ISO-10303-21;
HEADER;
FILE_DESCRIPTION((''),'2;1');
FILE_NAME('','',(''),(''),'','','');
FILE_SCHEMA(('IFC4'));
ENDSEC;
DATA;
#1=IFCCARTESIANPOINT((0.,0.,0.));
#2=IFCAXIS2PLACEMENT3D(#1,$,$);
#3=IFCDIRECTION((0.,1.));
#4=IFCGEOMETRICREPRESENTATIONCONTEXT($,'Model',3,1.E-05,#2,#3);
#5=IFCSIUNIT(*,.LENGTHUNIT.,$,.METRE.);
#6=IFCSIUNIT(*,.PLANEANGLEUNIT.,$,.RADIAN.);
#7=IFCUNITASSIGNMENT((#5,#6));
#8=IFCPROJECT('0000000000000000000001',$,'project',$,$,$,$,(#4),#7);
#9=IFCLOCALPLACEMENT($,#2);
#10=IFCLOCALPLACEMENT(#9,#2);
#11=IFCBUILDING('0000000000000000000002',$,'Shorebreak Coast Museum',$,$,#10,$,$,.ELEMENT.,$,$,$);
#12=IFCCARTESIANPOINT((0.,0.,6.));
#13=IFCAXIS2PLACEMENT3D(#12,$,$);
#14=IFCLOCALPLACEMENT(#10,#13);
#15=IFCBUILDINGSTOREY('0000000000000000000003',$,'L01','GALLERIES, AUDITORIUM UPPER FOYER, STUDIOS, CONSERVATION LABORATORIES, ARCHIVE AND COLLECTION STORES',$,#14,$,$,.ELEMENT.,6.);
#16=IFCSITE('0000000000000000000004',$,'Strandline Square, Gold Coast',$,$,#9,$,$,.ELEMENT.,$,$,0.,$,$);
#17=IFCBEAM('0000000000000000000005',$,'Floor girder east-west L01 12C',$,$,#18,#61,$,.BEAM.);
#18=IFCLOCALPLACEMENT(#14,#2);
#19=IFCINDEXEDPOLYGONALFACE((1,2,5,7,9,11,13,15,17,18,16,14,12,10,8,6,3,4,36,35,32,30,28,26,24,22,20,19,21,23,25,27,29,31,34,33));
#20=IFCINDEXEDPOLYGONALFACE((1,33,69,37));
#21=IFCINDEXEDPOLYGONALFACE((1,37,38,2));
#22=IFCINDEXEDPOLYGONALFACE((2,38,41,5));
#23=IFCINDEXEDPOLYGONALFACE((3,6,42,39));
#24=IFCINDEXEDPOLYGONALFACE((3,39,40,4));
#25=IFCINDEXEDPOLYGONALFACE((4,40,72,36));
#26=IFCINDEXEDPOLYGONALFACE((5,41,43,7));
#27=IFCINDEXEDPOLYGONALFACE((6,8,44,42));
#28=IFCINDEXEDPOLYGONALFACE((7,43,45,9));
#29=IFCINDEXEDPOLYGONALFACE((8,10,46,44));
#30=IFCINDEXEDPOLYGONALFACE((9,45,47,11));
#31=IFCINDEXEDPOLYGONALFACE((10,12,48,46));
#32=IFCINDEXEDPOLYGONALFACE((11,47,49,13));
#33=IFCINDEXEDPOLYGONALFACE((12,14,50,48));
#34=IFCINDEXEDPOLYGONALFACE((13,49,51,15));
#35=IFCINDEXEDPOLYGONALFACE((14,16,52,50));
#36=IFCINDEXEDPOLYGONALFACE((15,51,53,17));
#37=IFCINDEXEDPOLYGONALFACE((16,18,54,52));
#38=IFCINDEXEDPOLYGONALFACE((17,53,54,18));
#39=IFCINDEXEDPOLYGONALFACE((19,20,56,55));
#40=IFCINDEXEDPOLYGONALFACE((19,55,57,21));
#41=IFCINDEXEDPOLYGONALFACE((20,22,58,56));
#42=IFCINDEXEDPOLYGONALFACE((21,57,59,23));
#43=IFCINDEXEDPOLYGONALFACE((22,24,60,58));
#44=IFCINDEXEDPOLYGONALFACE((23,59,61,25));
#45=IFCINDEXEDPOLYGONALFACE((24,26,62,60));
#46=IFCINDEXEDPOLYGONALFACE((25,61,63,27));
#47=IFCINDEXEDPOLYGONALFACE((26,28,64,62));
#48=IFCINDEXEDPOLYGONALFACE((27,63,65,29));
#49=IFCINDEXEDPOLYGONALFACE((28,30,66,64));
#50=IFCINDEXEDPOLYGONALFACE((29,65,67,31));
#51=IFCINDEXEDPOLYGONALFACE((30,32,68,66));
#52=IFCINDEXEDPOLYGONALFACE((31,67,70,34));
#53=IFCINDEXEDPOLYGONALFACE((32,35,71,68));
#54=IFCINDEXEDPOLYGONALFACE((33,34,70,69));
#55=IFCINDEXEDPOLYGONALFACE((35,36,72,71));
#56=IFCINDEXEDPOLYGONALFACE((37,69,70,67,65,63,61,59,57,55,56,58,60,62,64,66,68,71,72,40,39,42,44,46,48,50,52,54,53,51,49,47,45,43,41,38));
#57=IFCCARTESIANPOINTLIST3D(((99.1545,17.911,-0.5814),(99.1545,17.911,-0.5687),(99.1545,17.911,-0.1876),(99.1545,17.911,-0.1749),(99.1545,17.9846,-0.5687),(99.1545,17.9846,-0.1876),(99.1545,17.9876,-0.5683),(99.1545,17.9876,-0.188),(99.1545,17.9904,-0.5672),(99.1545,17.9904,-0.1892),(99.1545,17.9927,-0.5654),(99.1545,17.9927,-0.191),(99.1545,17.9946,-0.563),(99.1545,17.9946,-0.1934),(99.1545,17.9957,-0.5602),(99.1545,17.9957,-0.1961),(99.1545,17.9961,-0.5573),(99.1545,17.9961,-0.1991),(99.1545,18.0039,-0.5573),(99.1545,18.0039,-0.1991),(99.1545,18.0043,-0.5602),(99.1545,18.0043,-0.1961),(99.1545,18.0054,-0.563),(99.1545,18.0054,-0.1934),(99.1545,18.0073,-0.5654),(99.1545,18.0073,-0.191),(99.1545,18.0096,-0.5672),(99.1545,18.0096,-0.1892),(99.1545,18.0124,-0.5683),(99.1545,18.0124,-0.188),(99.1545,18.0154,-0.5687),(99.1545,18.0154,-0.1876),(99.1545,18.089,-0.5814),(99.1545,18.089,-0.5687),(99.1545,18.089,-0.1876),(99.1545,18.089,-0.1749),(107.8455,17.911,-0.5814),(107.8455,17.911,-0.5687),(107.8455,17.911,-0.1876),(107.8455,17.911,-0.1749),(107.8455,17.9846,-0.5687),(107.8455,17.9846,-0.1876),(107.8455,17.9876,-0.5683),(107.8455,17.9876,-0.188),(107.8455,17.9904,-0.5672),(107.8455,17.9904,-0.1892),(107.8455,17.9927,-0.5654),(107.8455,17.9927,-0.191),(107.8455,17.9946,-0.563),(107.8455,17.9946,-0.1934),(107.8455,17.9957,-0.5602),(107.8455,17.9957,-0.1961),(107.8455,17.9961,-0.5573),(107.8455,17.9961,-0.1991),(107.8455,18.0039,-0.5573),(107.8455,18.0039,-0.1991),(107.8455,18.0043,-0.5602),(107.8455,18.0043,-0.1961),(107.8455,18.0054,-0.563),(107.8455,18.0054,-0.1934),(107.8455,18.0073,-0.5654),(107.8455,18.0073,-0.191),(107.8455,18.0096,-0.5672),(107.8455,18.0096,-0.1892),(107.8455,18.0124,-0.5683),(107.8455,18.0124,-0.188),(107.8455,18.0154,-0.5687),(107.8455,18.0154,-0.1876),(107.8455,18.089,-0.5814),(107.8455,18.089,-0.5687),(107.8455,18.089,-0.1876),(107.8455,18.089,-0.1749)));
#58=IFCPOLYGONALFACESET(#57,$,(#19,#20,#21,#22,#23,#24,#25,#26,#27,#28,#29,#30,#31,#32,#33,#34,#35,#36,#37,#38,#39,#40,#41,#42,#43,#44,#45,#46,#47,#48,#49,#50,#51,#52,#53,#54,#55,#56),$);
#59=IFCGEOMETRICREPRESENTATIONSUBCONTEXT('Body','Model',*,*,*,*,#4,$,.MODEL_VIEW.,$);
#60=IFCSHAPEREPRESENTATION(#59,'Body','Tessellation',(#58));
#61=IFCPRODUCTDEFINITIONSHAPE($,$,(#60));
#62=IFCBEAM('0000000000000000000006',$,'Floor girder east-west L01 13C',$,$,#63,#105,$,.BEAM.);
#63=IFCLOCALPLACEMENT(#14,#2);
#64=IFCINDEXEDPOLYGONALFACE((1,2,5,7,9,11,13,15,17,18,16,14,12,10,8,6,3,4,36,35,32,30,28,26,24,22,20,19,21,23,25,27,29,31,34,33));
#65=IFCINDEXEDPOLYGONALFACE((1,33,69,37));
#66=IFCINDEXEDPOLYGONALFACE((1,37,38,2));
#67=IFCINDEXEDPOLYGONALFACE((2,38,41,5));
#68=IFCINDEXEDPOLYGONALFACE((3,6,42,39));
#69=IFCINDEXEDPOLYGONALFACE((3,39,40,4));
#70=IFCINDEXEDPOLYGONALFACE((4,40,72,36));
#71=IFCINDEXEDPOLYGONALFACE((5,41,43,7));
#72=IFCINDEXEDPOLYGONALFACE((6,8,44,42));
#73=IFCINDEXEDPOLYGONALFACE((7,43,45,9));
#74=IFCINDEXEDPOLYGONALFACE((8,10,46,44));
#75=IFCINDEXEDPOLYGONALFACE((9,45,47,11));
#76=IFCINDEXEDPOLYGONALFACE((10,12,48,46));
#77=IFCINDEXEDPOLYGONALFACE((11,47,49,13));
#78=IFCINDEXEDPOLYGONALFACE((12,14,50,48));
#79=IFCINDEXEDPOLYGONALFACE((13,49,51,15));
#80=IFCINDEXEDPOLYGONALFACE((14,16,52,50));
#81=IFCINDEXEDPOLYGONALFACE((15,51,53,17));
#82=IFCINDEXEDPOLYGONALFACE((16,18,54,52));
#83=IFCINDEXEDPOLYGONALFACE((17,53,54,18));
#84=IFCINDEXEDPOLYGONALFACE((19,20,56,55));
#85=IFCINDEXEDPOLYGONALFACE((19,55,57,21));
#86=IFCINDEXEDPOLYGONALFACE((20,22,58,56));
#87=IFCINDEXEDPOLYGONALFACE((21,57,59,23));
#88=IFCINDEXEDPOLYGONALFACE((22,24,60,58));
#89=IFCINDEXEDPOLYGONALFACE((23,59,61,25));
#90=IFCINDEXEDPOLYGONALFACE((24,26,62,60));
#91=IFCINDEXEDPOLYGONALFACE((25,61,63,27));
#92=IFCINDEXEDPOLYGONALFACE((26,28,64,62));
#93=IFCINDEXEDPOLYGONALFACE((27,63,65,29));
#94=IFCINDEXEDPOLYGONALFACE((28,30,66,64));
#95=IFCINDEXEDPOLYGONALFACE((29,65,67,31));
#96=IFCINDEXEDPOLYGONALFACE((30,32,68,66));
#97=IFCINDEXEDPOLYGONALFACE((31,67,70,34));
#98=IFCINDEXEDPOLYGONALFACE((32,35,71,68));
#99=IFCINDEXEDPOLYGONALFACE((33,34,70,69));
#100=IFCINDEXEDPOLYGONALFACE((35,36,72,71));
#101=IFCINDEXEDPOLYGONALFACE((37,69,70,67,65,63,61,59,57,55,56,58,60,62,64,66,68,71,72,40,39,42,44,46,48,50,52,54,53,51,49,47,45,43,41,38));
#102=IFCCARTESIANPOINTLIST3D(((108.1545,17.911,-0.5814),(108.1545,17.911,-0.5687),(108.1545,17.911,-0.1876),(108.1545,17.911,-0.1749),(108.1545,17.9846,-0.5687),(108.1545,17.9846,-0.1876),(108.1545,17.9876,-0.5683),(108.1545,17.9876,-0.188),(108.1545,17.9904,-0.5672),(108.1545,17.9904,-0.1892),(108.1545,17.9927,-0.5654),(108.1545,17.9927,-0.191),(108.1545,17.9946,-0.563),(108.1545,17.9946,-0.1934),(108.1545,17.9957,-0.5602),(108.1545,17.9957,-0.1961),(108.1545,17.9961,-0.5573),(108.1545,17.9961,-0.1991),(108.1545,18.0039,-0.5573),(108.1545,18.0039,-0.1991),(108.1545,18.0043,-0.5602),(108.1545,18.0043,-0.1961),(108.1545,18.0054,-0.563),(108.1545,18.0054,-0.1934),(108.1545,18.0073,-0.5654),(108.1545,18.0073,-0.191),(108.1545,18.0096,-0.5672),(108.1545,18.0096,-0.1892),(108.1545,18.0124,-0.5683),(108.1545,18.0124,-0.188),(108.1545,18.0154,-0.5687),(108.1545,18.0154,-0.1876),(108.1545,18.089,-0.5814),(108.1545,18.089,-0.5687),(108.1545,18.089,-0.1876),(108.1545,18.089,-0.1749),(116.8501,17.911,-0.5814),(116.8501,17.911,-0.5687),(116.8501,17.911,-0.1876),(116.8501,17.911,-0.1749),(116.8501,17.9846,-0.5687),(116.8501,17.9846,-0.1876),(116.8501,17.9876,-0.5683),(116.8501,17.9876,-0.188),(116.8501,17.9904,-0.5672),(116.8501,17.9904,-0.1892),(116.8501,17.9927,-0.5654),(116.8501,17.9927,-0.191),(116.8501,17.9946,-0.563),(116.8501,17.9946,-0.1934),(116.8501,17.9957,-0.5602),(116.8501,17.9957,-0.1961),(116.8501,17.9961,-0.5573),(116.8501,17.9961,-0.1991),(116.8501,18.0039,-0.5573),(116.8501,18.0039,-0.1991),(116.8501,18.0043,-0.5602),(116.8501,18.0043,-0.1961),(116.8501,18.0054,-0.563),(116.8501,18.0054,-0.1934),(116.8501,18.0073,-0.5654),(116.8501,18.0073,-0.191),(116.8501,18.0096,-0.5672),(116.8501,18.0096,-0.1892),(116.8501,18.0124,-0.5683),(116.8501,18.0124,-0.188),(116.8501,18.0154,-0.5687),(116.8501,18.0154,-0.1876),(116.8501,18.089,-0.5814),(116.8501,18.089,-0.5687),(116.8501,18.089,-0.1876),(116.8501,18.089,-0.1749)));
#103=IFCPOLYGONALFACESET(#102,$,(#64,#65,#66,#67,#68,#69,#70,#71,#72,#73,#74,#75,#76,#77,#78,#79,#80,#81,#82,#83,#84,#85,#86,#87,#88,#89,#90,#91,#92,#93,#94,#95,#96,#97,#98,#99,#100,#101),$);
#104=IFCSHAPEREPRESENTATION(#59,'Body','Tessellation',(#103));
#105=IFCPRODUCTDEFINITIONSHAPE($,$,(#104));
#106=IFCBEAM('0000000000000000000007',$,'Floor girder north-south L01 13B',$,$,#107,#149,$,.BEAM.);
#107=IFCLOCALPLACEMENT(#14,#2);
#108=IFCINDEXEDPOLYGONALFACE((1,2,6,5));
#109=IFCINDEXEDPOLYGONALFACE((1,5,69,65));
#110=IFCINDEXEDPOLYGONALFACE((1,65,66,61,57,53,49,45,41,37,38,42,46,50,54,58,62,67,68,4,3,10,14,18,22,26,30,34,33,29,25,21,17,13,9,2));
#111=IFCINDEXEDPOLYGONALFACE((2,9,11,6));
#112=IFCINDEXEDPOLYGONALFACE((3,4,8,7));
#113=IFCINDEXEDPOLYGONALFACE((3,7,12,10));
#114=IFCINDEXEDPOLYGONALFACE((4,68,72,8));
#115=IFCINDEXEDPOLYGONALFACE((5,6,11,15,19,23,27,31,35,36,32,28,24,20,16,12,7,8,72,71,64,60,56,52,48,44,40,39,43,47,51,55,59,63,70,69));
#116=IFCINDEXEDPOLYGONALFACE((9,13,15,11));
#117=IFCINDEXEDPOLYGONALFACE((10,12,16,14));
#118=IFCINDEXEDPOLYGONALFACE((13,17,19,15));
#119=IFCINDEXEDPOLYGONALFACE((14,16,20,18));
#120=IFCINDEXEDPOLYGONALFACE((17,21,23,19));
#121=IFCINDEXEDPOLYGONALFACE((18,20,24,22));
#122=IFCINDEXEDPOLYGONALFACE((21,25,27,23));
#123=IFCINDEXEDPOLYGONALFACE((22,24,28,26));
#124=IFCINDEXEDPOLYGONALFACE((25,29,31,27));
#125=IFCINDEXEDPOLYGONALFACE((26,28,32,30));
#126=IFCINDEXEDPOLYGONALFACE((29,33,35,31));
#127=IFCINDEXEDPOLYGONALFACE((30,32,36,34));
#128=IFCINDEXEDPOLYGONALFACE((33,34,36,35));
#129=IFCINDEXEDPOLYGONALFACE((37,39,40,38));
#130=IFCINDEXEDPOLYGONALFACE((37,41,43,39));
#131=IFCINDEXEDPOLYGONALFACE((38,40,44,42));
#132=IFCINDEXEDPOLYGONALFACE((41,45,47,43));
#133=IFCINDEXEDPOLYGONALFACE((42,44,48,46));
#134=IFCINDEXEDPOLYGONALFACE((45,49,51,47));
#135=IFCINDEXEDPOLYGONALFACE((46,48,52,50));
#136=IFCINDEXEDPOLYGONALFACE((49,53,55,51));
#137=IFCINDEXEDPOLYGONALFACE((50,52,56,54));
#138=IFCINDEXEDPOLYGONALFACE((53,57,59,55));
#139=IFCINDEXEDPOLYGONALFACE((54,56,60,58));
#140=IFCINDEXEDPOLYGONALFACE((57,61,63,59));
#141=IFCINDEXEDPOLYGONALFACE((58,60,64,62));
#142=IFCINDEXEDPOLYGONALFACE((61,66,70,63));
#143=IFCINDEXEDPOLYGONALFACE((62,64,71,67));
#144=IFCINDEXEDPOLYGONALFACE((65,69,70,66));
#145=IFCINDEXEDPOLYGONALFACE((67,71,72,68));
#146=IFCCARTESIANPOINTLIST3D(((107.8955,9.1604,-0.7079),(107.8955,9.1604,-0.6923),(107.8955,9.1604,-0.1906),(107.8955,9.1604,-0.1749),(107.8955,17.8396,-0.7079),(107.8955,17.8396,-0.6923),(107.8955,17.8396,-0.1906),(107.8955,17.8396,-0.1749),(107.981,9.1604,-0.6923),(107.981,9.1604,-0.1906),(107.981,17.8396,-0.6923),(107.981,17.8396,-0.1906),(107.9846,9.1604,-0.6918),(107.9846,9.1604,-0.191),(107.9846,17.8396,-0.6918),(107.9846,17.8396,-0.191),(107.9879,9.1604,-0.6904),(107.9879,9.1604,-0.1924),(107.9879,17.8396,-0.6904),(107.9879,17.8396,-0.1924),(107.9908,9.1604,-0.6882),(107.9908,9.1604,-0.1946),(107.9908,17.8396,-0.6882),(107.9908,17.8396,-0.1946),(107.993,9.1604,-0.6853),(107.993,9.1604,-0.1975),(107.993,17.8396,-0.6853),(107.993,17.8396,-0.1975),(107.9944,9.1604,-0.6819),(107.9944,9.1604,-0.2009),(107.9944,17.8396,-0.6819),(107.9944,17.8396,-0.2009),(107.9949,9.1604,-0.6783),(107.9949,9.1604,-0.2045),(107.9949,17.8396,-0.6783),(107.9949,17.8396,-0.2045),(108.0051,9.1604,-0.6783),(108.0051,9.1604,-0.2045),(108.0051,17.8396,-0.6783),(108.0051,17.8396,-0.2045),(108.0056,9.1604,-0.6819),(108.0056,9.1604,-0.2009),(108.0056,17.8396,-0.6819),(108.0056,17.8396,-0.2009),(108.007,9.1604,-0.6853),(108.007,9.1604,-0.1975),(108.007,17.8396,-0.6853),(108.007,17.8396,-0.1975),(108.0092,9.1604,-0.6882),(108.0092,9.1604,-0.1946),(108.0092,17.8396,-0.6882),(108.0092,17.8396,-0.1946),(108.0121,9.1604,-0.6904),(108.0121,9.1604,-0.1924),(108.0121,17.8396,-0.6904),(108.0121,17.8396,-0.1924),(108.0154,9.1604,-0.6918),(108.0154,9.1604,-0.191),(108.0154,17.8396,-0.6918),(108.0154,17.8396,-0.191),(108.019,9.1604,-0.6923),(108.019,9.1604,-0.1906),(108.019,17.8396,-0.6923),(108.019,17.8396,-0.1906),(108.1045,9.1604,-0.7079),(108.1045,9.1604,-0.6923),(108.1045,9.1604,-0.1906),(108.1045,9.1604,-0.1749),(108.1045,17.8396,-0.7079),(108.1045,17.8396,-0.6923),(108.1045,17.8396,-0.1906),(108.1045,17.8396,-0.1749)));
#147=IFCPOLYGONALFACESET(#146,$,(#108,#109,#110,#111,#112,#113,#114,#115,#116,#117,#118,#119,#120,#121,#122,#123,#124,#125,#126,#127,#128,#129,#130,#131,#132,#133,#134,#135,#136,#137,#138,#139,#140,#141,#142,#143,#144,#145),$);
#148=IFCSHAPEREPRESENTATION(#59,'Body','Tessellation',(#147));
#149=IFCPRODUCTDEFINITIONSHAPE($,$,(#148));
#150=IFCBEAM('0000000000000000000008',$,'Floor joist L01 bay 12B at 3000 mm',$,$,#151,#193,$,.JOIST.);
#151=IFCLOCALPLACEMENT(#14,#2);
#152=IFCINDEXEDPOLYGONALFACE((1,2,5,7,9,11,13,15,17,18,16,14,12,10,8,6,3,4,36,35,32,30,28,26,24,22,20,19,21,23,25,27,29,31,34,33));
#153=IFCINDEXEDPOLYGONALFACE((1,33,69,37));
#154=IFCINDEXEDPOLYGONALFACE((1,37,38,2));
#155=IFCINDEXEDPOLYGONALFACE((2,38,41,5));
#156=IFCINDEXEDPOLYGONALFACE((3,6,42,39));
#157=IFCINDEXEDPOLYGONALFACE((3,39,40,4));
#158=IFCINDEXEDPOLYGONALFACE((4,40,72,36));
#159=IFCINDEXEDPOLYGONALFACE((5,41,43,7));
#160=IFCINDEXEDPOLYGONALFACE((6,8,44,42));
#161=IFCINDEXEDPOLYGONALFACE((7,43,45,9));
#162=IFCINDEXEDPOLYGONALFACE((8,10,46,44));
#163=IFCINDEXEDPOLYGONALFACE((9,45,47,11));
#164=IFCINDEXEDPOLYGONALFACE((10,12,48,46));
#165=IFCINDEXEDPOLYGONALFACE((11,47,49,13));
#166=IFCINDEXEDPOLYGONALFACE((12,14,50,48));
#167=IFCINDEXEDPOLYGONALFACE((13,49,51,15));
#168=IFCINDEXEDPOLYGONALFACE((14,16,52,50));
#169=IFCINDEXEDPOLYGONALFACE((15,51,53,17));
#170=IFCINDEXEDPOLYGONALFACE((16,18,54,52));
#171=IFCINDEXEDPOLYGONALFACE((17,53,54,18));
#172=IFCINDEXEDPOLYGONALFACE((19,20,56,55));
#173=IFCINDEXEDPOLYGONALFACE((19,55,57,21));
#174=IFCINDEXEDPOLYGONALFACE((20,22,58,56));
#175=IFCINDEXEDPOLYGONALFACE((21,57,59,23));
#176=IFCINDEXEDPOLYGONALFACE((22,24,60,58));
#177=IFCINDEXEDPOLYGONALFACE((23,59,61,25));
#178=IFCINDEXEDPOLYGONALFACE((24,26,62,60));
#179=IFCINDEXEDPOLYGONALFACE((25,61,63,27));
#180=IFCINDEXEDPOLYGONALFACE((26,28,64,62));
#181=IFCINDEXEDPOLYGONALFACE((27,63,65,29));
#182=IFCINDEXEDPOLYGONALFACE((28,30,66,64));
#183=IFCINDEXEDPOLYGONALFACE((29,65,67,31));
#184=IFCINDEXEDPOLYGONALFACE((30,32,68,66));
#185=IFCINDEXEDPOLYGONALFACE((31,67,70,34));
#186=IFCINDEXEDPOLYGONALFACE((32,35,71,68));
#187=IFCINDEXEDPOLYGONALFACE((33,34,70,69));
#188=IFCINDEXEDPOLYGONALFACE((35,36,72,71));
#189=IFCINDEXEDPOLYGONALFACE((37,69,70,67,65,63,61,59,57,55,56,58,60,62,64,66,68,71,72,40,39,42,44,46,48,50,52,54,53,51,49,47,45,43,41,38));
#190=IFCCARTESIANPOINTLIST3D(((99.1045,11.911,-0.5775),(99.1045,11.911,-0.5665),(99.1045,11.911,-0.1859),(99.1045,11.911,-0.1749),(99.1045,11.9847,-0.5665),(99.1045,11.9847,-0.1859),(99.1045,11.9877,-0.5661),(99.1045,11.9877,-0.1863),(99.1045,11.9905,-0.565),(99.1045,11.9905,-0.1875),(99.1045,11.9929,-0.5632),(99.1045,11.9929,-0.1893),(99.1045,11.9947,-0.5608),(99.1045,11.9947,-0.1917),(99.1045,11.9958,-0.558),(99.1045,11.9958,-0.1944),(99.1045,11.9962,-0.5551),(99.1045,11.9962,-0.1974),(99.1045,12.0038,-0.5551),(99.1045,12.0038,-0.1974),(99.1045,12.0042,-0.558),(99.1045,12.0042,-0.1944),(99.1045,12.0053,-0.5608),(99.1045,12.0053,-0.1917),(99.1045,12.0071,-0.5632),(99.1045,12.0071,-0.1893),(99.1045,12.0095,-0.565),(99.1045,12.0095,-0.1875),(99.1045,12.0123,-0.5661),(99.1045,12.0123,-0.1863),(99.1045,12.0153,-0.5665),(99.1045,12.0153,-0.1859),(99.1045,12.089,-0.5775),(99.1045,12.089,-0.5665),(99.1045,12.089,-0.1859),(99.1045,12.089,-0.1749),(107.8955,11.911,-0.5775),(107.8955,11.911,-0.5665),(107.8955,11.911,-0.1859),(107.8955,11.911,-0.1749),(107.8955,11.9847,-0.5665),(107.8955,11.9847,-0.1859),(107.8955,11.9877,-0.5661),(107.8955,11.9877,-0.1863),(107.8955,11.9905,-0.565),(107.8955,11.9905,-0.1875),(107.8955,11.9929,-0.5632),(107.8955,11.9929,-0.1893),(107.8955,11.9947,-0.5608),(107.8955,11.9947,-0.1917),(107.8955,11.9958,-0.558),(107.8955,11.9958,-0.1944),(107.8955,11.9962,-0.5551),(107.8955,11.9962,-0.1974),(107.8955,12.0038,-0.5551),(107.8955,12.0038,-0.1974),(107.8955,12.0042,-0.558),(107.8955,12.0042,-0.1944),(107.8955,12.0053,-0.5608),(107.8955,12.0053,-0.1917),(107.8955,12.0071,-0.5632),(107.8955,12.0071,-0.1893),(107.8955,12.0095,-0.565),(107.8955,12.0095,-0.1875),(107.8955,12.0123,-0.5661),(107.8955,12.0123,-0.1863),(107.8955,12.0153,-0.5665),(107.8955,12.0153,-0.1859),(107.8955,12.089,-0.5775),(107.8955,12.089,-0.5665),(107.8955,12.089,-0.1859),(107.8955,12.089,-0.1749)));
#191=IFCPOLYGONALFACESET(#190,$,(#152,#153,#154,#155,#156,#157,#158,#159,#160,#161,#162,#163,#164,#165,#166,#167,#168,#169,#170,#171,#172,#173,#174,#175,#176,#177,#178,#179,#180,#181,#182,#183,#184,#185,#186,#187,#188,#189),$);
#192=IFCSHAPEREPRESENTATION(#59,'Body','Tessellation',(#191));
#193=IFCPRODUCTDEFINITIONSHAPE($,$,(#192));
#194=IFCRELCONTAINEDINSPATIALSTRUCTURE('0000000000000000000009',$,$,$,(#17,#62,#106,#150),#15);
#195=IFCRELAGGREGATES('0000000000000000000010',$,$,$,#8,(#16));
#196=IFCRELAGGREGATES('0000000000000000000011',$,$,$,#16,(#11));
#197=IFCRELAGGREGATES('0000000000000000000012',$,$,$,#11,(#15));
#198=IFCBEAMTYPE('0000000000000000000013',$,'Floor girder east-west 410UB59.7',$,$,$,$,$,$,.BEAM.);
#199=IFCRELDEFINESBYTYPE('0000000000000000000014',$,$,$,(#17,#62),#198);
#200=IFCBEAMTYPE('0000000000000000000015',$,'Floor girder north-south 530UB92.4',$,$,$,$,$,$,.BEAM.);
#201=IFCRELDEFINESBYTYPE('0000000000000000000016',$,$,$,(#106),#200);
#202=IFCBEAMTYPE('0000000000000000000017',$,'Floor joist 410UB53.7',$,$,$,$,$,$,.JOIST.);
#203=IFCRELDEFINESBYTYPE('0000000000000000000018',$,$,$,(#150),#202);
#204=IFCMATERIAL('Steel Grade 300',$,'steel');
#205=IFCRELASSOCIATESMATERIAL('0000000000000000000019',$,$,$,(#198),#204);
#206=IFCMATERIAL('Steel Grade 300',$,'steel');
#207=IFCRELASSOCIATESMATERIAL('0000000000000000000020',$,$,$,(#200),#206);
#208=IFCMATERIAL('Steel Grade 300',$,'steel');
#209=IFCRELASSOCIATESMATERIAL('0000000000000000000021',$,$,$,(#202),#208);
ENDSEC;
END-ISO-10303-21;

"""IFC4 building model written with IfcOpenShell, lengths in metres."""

from ifc_helpers import new_model, si_unit, direction, frame, origin, origin_2d, place, context, subcontext, project, spatial, i_section, extrude, material, material_profile, profile_set, type_object, element, save


model = new_model("IFC4")

# Units and contexts
model_context = context("Model", 3, precision=1e-05, world=origin(), true_north=direction((0.0, 1.0)))
body_context = subcontext(model_context, "Body", "Model", "MODEL_VIEW")
ifc_project = project(units=[si_unit("LENGTHUNIT", "METRE"), si_unit("PLANEANGLEUNIT", "RADIAN")], contexts=[model_context])

# Site, building, storey
site_placement = place(None, origin())
site = spatial("IfcSite", under=ifc_project, at=site_placement, Name="Strandline Square, Gold Coast", CompositionType="ELEMENT", RefElevation=0.0)
building_placement = place(site_placement, origin())
building = spatial("IfcBuilding", under=site, at=building_placement, Name="Shorebreak Coast Museum", CompositionType="ELEMENT")
storey_placement = place(building_placement, frame((0.0, 0.0, 6.0)))
storey = spatial("IfcBuildingStorey", under=building, at=storey_placement, Name="L01", Description="GALLERIES, AUDITORIUM UPPER FOYER, STUDIOS, CONSERVATION LABORATORIES, ARCHIVE AND COLLECTION STORES", CompositionType="ELEMENT", Elevation=6.0)

# Beams
ifc_material_1 = material(Name="Steel Grade 300", Category="steel")
ifc_material_profile_1 = material_profile(ifc_material_1, i_section(OverallWidth=0.178, OverallDepth=0.4065, WebThickness=0.0078, FlangeThickness=0.0127, FilletRadius=0.0115, at=origin_2d()), Name="410UB59.7")
ifc_profile_set_1 = profile_set([ifc_material_profile_1], Name="Steel Grade 300")
beam_type_1 = type_object("IfcBeamType", Name="Floor girder east-west 410UB59.7", PredefinedType="BEAM", material=ifc_profile_set_1)
beam_1_placement = place(storey_placement, frame((99.1545, 18.0, -0.3782), z_axis=(1.0, 0.0, 0.0), x_axis=(0.0, 1.0, 0.0)))
element("IfcBeam", 1, at=beam_1_placement, inside=storey, type_object=beam_type_1, Name="Floor girder east-west L01 12C", PredefinedType="BEAM", context=body_context, shape_type="SweptSolid", body=[
    extrude(i_section(OverallWidth=0.178, OverallDepth=0.4065, WebThickness=0.0078, FlangeThickness=0.0127, FilletRadius=0.0115, at=origin_2d()), origin(), (0.0, 0.0, 1.0), 8.6909),
])
beam_2_placement = place(storey_placement, frame((108.1545, 18.0, -0.3782), z_axis=(1.0, 0.0, 0.0), x_axis=(0.0, 1.0, 0.0)))
element("IfcBeam", 2, at=beam_2_placement, inside=storey, type_object=beam_type_1, Name="Floor girder east-west L01 13C", PredefinedType="BEAM", context=body_context, shape_type="SweptSolid", body=[
    extrude(i_section(OverallWidth=0.178, OverallDepth=0.4065, WebThickness=0.0078, FlangeThickness=0.0127, FilletRadius=0.0115, at=origin_2d()), origin(), (0.0, 0.0, 1.0), 8.6956),
])
ifc_material_2 = material(Name="Steel Grade 300", Category="steel")
ifc_material_profile_2 = material_profile(ifc_material_2, i_section(OverallWidth=0.209, OverallDepth=0.533, WebThickness=0.0103, FlangeThickness=0.0156, FilletRadius=0.0139, at=origin_2d()), Name="530UB92.4")
ifc_profile_set_2 = profile_set([ifc_material_profile_2], Name="Steel Grade 300")
beam_type_2 = type_object("IfcBeamType", Name="Floor girder north-south 530UB92.4", PredefinedType="BEAM", material=ifc_profile_set_2)
beam_3_placement = place(storey_placement, frame((108.0, 9.1604, -0.4414), z_axis=(0.0, 1.0, 0.0), x_axis=(-1.0, 0.0, 0.0)))
element("IfcBeam", 3, at=beam_3_placement, inside=storey, type_object=beam_type_2, Name="Floor girder north-south L01 13B", PredefinedType="BEAM", context=body_context, shape_type="SweptSolid", body=[
    extrude(i_section(OverallWidth=0.209, OverallDepth=0.533, WebThickness=0.0103, FlangeThickness=0.0156, FilletRadius=0.0139, at=origin_2d()), origin(), (0.0, 0.0, 1.0), 8.6792),
])
ifc_material_3 = material(Name="Steel Grade 300", Category="steel")
ifc_material_profile_3 = material_profile(ifc_material_3, i_section(OverallWidth=0.178, OverallDepth=0.4026, WebThickness=0.0076, FlangeThickness=0.011, FilletRadius=0.0115, at=origin_2d()), Name="410UB53.7")
ifc_profile_set_3 = profile_set([ifc_material_profile_3], Name="Steel Grade 300")
beam_type_3 = type_object("IfcBeamType", Name="Floor joist 410UB53.7", PredefinedType="JOIST", material=ifc_profile_set_3)
for number, where, z_axis, x_axis, name in (
    (4, (99.1045, 12.0, -0.3762), (1.0, 0.0, 0.0), (0.0, 1.0, 0.0), "Floor joist L01 bay 12B at 3000 mm"),
):
    element("IfcBeam", number, at=place(storey_placement, frame(where, z_axis=z_axis, x_axis=x_axis)), inside=storey, type_object=beam_type_3, Name=name, PredefinedType="JOIST", context=body_context, shape_type="SweptSolid", body=[
        extrude(i_section(OverallWidth=0.178, OverallDepth=0.4026, WebThickness=0.0076, FlangeThickness=0.011, FilletRadius=0.0115, at=origin_2d()), origin(), (0.0, 0.0, 1.0), 8.791),
    ])

save(model, "model.ifc")
